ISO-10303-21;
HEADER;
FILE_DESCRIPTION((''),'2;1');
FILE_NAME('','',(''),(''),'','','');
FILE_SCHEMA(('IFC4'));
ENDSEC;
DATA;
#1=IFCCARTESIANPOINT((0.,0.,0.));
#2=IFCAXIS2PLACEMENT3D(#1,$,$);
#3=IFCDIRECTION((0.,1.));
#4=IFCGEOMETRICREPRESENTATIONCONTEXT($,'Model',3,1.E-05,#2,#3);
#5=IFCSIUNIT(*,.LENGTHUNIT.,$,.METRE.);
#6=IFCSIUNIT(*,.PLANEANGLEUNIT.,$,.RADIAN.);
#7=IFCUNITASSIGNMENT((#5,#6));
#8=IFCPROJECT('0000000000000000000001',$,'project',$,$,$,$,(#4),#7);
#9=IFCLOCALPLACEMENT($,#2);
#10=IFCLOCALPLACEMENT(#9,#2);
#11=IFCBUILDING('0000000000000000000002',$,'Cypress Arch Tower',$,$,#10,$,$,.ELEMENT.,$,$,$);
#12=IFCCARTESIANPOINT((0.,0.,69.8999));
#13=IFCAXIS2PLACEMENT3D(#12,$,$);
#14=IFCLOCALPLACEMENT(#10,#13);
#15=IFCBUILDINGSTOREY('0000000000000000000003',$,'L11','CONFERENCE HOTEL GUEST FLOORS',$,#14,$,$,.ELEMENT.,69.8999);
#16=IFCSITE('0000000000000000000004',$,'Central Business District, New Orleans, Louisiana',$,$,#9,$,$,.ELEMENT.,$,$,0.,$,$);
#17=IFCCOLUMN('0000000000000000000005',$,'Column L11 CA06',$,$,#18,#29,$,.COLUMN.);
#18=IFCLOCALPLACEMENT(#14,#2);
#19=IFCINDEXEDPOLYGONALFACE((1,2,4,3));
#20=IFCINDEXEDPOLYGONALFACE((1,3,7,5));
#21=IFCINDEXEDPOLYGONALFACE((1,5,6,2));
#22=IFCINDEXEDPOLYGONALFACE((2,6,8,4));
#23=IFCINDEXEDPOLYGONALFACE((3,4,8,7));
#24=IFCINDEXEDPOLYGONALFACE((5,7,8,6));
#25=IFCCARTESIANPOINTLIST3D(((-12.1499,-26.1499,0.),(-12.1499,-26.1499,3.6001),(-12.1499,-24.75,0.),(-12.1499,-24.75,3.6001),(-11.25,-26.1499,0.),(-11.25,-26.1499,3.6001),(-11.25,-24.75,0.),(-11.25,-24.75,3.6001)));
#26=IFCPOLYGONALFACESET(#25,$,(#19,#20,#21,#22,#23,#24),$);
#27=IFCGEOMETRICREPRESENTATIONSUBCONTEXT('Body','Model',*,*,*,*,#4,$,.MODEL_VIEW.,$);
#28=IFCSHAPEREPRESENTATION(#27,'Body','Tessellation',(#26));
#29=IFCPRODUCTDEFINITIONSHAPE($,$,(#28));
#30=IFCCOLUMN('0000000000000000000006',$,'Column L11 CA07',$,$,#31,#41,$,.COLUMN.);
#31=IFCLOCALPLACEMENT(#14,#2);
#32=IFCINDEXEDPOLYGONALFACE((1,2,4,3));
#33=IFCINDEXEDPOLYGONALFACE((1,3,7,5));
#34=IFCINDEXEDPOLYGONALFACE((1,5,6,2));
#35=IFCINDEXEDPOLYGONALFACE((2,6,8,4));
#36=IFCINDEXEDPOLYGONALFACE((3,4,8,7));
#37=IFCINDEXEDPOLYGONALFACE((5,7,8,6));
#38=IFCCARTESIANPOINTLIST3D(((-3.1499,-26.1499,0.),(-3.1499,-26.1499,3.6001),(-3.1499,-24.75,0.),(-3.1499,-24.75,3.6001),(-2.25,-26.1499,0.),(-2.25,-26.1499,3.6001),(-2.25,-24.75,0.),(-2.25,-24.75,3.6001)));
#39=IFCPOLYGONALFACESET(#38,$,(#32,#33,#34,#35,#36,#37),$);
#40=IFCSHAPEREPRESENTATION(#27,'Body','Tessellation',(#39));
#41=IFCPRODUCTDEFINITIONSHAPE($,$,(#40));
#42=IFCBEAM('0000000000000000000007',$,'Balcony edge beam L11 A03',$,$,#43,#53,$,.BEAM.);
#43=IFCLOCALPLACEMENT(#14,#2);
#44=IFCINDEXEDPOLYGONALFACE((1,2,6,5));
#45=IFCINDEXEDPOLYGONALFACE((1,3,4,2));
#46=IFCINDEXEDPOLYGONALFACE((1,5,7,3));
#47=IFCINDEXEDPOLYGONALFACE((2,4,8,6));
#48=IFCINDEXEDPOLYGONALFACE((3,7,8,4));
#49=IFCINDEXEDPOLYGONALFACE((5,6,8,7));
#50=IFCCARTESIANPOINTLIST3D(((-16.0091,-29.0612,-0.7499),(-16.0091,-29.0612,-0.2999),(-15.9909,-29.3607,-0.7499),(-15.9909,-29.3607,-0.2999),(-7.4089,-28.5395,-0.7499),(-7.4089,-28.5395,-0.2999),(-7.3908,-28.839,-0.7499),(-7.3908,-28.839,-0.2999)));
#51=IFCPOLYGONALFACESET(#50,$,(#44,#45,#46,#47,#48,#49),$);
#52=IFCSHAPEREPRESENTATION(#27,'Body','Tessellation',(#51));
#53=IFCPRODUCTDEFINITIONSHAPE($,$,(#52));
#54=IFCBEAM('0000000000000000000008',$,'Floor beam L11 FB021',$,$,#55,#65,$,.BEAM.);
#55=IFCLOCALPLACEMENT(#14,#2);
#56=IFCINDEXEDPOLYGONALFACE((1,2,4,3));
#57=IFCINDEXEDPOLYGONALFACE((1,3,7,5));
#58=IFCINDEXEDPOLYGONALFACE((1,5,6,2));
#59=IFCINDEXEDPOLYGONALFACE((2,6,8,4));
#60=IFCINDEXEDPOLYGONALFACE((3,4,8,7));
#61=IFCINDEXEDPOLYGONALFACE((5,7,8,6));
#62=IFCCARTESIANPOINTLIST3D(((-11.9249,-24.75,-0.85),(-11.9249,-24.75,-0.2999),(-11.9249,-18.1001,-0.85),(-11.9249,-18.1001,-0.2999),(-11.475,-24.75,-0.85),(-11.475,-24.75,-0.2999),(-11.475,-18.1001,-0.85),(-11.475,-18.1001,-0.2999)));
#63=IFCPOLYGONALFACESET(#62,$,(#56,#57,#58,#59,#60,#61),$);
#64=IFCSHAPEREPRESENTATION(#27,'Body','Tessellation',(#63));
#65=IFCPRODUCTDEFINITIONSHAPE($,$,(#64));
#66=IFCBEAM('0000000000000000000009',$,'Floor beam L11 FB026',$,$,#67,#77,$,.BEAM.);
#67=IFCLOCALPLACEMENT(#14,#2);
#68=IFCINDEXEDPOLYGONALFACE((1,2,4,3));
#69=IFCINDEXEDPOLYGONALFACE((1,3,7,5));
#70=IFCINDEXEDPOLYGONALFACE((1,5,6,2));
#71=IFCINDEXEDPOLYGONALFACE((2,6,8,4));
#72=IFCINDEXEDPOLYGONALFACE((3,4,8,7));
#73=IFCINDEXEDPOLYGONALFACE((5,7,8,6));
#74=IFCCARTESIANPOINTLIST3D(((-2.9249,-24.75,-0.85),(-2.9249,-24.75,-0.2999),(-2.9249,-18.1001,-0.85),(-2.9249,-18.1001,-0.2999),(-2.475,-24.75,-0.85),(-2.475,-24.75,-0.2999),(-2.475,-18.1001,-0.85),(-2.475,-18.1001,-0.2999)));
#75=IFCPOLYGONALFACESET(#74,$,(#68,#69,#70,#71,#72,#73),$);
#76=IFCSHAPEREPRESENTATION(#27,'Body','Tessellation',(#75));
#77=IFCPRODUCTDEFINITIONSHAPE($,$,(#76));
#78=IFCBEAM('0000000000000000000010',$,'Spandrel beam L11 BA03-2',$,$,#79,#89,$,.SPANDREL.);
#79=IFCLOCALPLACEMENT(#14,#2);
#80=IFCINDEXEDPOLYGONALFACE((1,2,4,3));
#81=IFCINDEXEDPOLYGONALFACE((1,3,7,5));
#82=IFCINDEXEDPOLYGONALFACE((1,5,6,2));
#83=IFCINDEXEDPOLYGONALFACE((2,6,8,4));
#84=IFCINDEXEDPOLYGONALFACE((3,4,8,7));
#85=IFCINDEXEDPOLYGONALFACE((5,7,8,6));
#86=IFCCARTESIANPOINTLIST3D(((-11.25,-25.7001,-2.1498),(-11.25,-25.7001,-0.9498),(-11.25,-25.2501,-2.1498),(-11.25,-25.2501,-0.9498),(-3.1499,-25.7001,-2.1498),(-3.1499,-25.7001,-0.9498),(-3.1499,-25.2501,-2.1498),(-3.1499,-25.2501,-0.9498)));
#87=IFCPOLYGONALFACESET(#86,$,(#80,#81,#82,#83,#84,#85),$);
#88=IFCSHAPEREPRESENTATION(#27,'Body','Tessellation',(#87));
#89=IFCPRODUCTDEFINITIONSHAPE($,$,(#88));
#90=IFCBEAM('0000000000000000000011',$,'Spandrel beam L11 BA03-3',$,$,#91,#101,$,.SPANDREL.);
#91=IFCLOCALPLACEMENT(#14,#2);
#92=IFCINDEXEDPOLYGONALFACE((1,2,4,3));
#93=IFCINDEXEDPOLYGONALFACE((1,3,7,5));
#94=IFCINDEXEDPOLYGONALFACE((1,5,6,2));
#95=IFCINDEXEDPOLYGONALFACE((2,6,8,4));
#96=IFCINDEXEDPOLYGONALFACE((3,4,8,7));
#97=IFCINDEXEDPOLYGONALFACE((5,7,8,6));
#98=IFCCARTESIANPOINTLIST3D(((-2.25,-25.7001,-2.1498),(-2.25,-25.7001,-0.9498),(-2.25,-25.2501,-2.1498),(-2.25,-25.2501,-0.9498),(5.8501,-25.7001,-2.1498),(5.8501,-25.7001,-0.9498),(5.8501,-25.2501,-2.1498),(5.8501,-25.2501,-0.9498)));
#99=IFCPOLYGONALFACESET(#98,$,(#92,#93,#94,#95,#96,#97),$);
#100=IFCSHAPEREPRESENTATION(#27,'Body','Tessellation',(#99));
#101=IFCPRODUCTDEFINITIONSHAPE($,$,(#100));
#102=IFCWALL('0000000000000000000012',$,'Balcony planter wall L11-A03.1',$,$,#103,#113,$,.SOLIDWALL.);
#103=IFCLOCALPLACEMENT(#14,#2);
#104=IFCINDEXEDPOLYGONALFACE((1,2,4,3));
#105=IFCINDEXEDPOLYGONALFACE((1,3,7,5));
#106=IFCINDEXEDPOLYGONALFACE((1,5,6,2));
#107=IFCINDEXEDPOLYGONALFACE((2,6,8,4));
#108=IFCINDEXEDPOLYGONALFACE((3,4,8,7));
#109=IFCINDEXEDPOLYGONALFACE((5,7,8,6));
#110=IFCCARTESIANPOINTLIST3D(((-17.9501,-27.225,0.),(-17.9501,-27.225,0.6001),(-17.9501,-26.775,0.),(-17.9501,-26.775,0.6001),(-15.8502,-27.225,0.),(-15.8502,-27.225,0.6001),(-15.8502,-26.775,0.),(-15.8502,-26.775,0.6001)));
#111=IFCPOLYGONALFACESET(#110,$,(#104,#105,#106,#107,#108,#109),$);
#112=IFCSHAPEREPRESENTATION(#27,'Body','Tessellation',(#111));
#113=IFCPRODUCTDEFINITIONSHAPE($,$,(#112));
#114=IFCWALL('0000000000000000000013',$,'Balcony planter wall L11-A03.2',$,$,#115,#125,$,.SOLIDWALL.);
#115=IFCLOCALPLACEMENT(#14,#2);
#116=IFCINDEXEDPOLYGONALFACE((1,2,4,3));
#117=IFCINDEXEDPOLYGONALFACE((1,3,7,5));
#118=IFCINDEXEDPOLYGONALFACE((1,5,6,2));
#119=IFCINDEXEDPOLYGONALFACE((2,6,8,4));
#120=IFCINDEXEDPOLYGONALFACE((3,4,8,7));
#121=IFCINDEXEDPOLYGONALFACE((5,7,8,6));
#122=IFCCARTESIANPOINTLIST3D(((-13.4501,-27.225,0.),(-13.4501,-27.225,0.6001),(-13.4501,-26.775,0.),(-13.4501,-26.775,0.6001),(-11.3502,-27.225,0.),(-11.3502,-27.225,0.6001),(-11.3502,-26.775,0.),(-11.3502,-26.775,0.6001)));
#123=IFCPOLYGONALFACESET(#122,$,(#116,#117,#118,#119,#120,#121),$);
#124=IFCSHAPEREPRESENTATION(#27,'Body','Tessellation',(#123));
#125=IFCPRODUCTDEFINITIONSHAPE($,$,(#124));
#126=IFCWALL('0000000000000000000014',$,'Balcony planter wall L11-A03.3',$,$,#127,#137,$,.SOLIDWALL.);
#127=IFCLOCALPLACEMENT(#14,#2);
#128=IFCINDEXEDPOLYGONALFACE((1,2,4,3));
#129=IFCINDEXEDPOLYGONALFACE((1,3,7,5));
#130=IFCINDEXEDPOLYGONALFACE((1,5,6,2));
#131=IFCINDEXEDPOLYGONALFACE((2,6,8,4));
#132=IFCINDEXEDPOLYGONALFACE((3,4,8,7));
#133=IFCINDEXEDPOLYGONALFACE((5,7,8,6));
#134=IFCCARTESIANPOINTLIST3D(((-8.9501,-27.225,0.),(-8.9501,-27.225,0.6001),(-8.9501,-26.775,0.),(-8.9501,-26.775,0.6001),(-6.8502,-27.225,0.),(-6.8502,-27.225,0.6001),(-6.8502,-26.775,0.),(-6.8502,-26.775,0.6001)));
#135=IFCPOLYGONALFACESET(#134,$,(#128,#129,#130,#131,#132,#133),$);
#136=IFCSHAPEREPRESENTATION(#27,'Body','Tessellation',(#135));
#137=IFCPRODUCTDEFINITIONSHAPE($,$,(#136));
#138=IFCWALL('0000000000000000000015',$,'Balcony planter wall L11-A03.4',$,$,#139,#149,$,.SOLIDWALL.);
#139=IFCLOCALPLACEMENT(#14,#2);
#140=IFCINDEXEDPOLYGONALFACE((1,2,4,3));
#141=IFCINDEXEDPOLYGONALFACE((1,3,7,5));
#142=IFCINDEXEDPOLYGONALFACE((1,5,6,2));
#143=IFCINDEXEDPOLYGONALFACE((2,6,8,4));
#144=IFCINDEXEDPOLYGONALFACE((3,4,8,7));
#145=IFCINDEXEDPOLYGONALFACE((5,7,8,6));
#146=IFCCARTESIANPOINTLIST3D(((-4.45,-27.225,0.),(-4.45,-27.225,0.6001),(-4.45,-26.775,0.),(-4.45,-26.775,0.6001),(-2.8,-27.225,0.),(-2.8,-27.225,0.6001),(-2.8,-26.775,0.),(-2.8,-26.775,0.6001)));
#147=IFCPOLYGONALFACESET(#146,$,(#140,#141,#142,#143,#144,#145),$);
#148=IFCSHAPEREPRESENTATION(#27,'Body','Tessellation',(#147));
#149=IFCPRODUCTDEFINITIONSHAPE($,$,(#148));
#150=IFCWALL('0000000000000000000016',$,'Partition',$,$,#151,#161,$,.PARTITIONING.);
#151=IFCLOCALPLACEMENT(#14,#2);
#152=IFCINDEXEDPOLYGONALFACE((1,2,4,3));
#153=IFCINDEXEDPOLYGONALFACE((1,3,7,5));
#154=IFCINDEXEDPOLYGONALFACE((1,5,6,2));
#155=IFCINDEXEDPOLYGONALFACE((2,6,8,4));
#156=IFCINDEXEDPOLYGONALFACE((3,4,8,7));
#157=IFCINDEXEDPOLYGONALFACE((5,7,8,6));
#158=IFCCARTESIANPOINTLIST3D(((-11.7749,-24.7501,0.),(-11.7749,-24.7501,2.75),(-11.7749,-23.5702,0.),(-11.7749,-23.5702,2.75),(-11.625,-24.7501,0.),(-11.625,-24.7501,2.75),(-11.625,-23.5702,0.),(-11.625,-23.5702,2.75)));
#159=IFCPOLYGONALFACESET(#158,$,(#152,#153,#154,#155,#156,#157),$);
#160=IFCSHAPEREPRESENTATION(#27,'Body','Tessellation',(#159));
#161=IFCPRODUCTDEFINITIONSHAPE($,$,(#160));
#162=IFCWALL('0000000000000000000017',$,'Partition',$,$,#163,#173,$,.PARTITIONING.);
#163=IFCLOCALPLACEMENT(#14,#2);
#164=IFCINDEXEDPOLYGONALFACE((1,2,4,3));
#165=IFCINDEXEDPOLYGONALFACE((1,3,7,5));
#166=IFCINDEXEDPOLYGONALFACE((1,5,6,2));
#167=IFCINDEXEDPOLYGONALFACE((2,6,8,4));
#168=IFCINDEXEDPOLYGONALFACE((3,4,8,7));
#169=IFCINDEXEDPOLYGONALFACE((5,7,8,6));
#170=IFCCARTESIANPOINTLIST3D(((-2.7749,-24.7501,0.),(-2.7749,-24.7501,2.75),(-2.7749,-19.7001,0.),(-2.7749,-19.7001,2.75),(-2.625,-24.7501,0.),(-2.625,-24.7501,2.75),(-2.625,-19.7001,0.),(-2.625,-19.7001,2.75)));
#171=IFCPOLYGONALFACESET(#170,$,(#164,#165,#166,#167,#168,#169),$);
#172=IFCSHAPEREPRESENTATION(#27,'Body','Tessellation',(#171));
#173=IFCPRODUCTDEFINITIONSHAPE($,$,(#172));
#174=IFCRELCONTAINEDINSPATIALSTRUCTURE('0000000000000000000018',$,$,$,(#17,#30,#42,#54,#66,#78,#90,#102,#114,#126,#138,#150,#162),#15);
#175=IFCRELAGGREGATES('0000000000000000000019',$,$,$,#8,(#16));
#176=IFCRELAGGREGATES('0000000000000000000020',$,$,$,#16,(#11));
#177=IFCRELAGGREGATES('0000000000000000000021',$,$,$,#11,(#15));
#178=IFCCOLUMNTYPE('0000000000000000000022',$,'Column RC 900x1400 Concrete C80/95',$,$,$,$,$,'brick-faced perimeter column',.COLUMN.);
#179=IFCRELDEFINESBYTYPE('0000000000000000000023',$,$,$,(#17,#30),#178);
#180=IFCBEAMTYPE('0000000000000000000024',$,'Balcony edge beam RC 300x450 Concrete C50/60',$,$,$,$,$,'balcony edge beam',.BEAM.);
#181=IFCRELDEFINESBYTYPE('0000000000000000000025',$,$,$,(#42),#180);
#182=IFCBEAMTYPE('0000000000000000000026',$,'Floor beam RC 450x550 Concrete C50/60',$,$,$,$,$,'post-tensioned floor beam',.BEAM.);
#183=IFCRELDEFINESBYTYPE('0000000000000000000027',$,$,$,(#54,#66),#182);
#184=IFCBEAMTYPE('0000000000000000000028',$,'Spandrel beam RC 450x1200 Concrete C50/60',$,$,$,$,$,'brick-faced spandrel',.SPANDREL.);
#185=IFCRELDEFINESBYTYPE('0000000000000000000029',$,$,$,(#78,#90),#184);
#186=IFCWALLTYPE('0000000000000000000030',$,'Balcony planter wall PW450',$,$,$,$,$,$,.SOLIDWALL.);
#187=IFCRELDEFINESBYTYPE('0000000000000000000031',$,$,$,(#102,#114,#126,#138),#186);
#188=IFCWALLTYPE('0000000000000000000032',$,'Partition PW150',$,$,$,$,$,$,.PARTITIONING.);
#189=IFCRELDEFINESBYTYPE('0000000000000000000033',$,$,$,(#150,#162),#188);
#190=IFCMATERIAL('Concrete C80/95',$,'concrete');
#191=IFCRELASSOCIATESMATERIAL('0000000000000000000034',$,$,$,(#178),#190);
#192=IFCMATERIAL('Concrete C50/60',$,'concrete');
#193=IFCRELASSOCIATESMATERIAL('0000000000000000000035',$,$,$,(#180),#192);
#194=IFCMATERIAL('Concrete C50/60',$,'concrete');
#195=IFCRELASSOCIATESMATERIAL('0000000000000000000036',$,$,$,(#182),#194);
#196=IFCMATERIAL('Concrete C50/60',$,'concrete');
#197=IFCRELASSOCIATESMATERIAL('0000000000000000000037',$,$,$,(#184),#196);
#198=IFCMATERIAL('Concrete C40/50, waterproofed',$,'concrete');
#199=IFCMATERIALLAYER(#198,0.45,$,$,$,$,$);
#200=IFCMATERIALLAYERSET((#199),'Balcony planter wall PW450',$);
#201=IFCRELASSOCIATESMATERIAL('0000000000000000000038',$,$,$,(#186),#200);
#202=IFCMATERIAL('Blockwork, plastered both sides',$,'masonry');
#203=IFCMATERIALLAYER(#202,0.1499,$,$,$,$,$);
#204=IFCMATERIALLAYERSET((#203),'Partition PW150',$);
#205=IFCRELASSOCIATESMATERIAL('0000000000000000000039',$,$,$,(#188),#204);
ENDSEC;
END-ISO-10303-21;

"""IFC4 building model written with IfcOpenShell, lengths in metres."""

from ifc_helpers import new_model, si_unit, direction, frame, frame_2d, origin, origin_2d, place, context, subcontext, project, spatial, rectangle, extrude, material, layer, layer_set, material_profile, profile_set, type_object, element, save


model = new_model("IFC4")

# Units and contexts
model_context = context("Model", 3, precision=1e-05, world=origin(), true_north=direction((0.0, 1.0)))
body_context = subcontext(model_context, "Body", "Model", "MODEL_VIEW")
ifc_project = project(units=[si_unit("LENGTHUNIT", "METRE"), si_unit("PLANEANGLEUNIT", "RADIAN")], contexts=[model_context])

# Site, building, storey
site_placement = place(None, origin())
site = spatial("IfcSite", under=ifc_project, at=site_placement, Name="Central Business District, New Orleans, Louisiana", CompositionType="ELEMENT", RefElevation=0.0)
building_placement = place(site_placement, origin())
building = spatial("IfcBuilding", under=site, at=building_placement, Name="Cypress Arch Tower", CompositionType="ELEMENT")
storey_placement = place(building_placement, frame((0.0, 0.0, 69.8999)))
storey = spatial("IfcBuildingStorey", under=building, at=storey_placement, Name="L11", Description="CONFERENCE HOTEL GUEST FLOORS", CompositionType="ELEMENT", Elevation=69.8999)

# Columns
ifc_material_1 = material(Name="Concrete C80/95", Category="concrete")
ifc_material_profile_1 = material_profile(ifc_material_1, rectangle(XDim=0.8999, YDim=1.3999, at=origin_2d()), Name="RC 900x1400")
ifc_profile_set_1 = profile_set([ifc_material_profile_1], Name="Concrete C80/95")
column_type = type_object("IfcColumnType", Name="Column RC 900x1400 Concrete C80/95", ElementType="brick-faced perimeter column", PredefinedType="COLUMN", material=ifc_profile_set_1)
for number, where, z_axis, x_axis, name in (
    (1, (-11.7, -25.45, 0.0), (0.0, 0.0, 1.0), (1.0, 0.0, 0.0), "Column L11 CA06"),
    (2, (-2.7, -25.45, 0.0), (0.0, 0.0, 1.0), (1.0, 0.0, 0.0), "Column L11 CA07"),
):
    element("IfcColumn", number, at=place(storey_placement, frame(where, z_axis=z_axis, x_axis=x_axis)), inside=storey, type_object=column_type, Name=name, PredefinedType="COLUMN", context=body_context, shape_type="SweptSolid", body=[
        extrude(rectangle(XDim=0.8999, YDim=1.3999, at=origin_2d()), origin(), (0.0, 0.0, 1.0), 3.6001),
    ])

# Beams
ifc_material_2 = material(Name="Concrete C50/60", Category="concrete")
ifc_material_profile_2 = material_profile(ifc_material_2, rectangle(XDim=0.3, YDim=0.45, at=origin_2d()), Name="RC 300x450")
ifc_profile_set_2 = profile_set([ifc_material_profile_2], Name="Concrete C50/60")
beam_type_1 = type_object("IfcBeamType", Name="Balcony edge beam RC 300x450 Concrete C50/60", ElementType="balcony edge beam", PredefinedType="BEAM", material=ifc_profile_set_2)
beam_placement = place(storey_placement, frame((-16.0, -29.2109, -0.5249), z_axis=(0.998165, 0.060554, 0.0), x_axis=(-0.060554, 0.998165, 0.0)))
element("IfcBeam", 3, at=beam_placement, inside=storey, type_object=beam_type_1, Name="Balcony edge beam L11 A03", PredefinedType="BEAM", context=body_context, shape_type="SweptSolid", body=[
    extrude(rectangle(XDim=0.3, YDim=0.45, at=origin_2d()), origin(), (0.0, 0.0, 1.0), 8.616),
])
ifc_material_3 = material(Name="Concrete C50/60", Category="concrete")
ifc_material_profile_3 = material_profile(ifc_material_3, rectangle(XDim=0.45, YDim=0.55, at=origin_2d()), Name="RC 450x550")
ifc_profile_set_3 = profile_set([ifc_material_profile_3], Name="Concrete C50/60")
beam_type_2 = type_object("IfcBeamType", Name="Floor beam RC 450x550 Concrete C50/60", ElementType="post-tensioned floor beam", PredefinedType="BEAM", material=ifc_profile_set_3)
for number, where, z_axis, x_axis, name in (
    (4, (-11.7, -24.75, -0.575), (0.0, 1.0, 0.0), (-1.0, 0.0, 0.0), "Floor beam L11 FB021"),
    (5, (-2.7, -24.75, -0.575), (0.0, 1.0, 0.0), (-1.0, 0.0, 0.0), "Floor beam L11 FB026"),
):
    element("IfcBeam", number, at=place(storey_placement, frame(where, z_axis=z_axis, x_axis=x_axis)), inside=storey, type_object=beam_type_2, Name=name, PredefinedType="BEAM", context=body_context, shape_type="SweptSolid", body=[
        extrude(rectangle(XDim=0.45, YDim=0.55, at=origin_2d()), origin(), (0.0, 0.0, 1.0), 6.6499),
    ])
ifc_material_4 = material(Name="Concrete C50/60", Category="concrete")
ifc_material_profile_4 = material_profile(ifc_material_4, rectangle(XDim=0.45, YDim=1.2, at=origin_2d()), Name="RC 450x1200")
ifc_profile_set_4 = profile_set([ifc_material_profile_4], Name="Concrete C50/60")
beam_type_3 = type_object("IfcBeamType", Name="Spandrel beam RC 450x1200 Concrete C50/60", ElementType="brick-faced spandrel", PredefinedType="SPANDREL", material=ifc_profile_set_4)
for number, where, z_axis, x_axis, name in (
    (6, (-11.25, -25.4751, -1.5498), (1.0, 0.0, 0.0), (0.0, 1.0, 0.0), "Spandrel beam L11 BA03-2"),
    (7, (-2.25, -25.4751, -1.5498), (1.0, 0.0, 0.0), (0.0, 1.0, 0.0), "Spandrel beam L11 BA03-3"),
):
    element("IfcBeam", number, at=place(storey_placement, frame(where, z_axis=z_axis, x_axis=x_axis)), inside=storey, type_object=beam_type_3, Name=name, PredefinedType="SPANDREL", context=body_context, shape_type="SweptSolid", body=[
        extrude(rectangle(XDim=0.45, YDim=1.2, at=origin_2d()), origin(), (0.0, 0.0, 1.0), 8.1001),
    ])

# Walls
ifc_material_5 = material(Name="Concrete C40/50, waterproofed", Category="concrete")
ifc_layer_1 = layer(ifc_material_5, 0.45)
ifc_layer_set_1 = layer_set([ifc_layer_1], Name="Balcony planter wall PW450")
wall_type_1 = type_object("IfcWallType", Name="Balcony planter wall PW450", PredefinedType="SOLIDWALL", material=ifc_layer_set_1)
for number, where, z_axis, x_axis, name in (
    (8, (-17.95, -27.0, 0.0), (0.0, 0.0, 1.0), (1.0, 0.0, 0.0), "Balcony planter wall L11-A03.1"),
    (9, (-13.45, -27.0, 0.0), (0.0, 0.0, 1.0), (1.0, 0.0, 0.0), "Balcony planter wall L11-A03.2"),
    (10, (-8.95, -27.0, 0.0), (0.0, 0.0, 1.0), (1.0, 0.0, 0.0), "Balcony planter wall L11-A03.3"),
):
    element("IfcWall", number, at=place(storey_placement, frame(where, z_axis=z_axis, x_axis=x_axis)), inside=storey, type_object=wall_type_1, Name=name, PredefinedType="SOLIDWALL", context=body_context, shape_type="SweptSolid", body=[
        extrude(rectangle(XDim=2.0999, YDim=0.45, at=frame_2d((1.0498, 0.0))), origin(), (0.0, 0.0, 1.0), 0.6001),
    ])
wall_1_placement = place(storey_placement, frame((-4.45, -27.0, 0.0), z_axis=(0.0, 0.0, 1.0), x_axis=(1.0, 0.0, 0.0)))
element("IfcWall", 11, at=wall_1_placement, inside=storey, type_object=wall_type_1, Name="Balcony planter wall L11-A03.4", PredefinedType="SOLIDWALL", context=body_context, shape_type="SweptSolid", body=[
    extrude(rectangle(XDim=1.6499, YDim=0.45, at=frame_2d((0.825, 0.0))), origin(), (0.0, 0.0, 1.0), 0.6001),
])

# Walls
ifc_material_6 = material(Name="Blockwork, plastered both sides", Category="masonry")
ifc_layer_2 = layer(ifc_material_6, 0.1499)
ifc_layer_set_2 = layer_set([ifc_layer_2], Name="Partition PW150")
wall_type_2 = type_object("IfcWallType", Name="Partition PW150", PredefinedType="PARTITIONING", material=ifc_layer_set_2)
wall_2_placement = place(storey_placement, frame((-11.7, -24.75, 0.0), z_axis=(0.0, 0.0, 1.0), x_axis=(0.0, 1.0, 0.0)))
element("IfcWall", 12, at=wall_2_placement, inside=storey, type_object=wall_type_2, Name="Partition", PredefinedType="PARTITIONING", context=body_context, shape_type="SweptSolid", body=[
    extrude(rectangle(XDim=1.1799, YDim=0.1499, at=frame_2d((0.5898, 0.0))), origin(), (0.0, 0.0, 1.0), 2.75),
])
wall_3_placement = place(storey_placement, frame((-2.7, -24.75, 0.0), z_axis=(0.0, 0.0, 1.0), x_axis=(0.0, 1.0, 0.0)))
element("IfcWall", 13, at=wall_3_placement, inside=storey, type_object=wall_type_2, Name="Partition", PredefinedType="PARTITIONING", context=body_context, shape_type="SweptSolid", body=[
    extrude(rectangle(XDim=5.05, YDim=0.1499, at=frame_2d((2.5249, 0.0))), origin(), (0.0, 0.0, 1.0), 2.75),
])

save(model, "model.ifc")
